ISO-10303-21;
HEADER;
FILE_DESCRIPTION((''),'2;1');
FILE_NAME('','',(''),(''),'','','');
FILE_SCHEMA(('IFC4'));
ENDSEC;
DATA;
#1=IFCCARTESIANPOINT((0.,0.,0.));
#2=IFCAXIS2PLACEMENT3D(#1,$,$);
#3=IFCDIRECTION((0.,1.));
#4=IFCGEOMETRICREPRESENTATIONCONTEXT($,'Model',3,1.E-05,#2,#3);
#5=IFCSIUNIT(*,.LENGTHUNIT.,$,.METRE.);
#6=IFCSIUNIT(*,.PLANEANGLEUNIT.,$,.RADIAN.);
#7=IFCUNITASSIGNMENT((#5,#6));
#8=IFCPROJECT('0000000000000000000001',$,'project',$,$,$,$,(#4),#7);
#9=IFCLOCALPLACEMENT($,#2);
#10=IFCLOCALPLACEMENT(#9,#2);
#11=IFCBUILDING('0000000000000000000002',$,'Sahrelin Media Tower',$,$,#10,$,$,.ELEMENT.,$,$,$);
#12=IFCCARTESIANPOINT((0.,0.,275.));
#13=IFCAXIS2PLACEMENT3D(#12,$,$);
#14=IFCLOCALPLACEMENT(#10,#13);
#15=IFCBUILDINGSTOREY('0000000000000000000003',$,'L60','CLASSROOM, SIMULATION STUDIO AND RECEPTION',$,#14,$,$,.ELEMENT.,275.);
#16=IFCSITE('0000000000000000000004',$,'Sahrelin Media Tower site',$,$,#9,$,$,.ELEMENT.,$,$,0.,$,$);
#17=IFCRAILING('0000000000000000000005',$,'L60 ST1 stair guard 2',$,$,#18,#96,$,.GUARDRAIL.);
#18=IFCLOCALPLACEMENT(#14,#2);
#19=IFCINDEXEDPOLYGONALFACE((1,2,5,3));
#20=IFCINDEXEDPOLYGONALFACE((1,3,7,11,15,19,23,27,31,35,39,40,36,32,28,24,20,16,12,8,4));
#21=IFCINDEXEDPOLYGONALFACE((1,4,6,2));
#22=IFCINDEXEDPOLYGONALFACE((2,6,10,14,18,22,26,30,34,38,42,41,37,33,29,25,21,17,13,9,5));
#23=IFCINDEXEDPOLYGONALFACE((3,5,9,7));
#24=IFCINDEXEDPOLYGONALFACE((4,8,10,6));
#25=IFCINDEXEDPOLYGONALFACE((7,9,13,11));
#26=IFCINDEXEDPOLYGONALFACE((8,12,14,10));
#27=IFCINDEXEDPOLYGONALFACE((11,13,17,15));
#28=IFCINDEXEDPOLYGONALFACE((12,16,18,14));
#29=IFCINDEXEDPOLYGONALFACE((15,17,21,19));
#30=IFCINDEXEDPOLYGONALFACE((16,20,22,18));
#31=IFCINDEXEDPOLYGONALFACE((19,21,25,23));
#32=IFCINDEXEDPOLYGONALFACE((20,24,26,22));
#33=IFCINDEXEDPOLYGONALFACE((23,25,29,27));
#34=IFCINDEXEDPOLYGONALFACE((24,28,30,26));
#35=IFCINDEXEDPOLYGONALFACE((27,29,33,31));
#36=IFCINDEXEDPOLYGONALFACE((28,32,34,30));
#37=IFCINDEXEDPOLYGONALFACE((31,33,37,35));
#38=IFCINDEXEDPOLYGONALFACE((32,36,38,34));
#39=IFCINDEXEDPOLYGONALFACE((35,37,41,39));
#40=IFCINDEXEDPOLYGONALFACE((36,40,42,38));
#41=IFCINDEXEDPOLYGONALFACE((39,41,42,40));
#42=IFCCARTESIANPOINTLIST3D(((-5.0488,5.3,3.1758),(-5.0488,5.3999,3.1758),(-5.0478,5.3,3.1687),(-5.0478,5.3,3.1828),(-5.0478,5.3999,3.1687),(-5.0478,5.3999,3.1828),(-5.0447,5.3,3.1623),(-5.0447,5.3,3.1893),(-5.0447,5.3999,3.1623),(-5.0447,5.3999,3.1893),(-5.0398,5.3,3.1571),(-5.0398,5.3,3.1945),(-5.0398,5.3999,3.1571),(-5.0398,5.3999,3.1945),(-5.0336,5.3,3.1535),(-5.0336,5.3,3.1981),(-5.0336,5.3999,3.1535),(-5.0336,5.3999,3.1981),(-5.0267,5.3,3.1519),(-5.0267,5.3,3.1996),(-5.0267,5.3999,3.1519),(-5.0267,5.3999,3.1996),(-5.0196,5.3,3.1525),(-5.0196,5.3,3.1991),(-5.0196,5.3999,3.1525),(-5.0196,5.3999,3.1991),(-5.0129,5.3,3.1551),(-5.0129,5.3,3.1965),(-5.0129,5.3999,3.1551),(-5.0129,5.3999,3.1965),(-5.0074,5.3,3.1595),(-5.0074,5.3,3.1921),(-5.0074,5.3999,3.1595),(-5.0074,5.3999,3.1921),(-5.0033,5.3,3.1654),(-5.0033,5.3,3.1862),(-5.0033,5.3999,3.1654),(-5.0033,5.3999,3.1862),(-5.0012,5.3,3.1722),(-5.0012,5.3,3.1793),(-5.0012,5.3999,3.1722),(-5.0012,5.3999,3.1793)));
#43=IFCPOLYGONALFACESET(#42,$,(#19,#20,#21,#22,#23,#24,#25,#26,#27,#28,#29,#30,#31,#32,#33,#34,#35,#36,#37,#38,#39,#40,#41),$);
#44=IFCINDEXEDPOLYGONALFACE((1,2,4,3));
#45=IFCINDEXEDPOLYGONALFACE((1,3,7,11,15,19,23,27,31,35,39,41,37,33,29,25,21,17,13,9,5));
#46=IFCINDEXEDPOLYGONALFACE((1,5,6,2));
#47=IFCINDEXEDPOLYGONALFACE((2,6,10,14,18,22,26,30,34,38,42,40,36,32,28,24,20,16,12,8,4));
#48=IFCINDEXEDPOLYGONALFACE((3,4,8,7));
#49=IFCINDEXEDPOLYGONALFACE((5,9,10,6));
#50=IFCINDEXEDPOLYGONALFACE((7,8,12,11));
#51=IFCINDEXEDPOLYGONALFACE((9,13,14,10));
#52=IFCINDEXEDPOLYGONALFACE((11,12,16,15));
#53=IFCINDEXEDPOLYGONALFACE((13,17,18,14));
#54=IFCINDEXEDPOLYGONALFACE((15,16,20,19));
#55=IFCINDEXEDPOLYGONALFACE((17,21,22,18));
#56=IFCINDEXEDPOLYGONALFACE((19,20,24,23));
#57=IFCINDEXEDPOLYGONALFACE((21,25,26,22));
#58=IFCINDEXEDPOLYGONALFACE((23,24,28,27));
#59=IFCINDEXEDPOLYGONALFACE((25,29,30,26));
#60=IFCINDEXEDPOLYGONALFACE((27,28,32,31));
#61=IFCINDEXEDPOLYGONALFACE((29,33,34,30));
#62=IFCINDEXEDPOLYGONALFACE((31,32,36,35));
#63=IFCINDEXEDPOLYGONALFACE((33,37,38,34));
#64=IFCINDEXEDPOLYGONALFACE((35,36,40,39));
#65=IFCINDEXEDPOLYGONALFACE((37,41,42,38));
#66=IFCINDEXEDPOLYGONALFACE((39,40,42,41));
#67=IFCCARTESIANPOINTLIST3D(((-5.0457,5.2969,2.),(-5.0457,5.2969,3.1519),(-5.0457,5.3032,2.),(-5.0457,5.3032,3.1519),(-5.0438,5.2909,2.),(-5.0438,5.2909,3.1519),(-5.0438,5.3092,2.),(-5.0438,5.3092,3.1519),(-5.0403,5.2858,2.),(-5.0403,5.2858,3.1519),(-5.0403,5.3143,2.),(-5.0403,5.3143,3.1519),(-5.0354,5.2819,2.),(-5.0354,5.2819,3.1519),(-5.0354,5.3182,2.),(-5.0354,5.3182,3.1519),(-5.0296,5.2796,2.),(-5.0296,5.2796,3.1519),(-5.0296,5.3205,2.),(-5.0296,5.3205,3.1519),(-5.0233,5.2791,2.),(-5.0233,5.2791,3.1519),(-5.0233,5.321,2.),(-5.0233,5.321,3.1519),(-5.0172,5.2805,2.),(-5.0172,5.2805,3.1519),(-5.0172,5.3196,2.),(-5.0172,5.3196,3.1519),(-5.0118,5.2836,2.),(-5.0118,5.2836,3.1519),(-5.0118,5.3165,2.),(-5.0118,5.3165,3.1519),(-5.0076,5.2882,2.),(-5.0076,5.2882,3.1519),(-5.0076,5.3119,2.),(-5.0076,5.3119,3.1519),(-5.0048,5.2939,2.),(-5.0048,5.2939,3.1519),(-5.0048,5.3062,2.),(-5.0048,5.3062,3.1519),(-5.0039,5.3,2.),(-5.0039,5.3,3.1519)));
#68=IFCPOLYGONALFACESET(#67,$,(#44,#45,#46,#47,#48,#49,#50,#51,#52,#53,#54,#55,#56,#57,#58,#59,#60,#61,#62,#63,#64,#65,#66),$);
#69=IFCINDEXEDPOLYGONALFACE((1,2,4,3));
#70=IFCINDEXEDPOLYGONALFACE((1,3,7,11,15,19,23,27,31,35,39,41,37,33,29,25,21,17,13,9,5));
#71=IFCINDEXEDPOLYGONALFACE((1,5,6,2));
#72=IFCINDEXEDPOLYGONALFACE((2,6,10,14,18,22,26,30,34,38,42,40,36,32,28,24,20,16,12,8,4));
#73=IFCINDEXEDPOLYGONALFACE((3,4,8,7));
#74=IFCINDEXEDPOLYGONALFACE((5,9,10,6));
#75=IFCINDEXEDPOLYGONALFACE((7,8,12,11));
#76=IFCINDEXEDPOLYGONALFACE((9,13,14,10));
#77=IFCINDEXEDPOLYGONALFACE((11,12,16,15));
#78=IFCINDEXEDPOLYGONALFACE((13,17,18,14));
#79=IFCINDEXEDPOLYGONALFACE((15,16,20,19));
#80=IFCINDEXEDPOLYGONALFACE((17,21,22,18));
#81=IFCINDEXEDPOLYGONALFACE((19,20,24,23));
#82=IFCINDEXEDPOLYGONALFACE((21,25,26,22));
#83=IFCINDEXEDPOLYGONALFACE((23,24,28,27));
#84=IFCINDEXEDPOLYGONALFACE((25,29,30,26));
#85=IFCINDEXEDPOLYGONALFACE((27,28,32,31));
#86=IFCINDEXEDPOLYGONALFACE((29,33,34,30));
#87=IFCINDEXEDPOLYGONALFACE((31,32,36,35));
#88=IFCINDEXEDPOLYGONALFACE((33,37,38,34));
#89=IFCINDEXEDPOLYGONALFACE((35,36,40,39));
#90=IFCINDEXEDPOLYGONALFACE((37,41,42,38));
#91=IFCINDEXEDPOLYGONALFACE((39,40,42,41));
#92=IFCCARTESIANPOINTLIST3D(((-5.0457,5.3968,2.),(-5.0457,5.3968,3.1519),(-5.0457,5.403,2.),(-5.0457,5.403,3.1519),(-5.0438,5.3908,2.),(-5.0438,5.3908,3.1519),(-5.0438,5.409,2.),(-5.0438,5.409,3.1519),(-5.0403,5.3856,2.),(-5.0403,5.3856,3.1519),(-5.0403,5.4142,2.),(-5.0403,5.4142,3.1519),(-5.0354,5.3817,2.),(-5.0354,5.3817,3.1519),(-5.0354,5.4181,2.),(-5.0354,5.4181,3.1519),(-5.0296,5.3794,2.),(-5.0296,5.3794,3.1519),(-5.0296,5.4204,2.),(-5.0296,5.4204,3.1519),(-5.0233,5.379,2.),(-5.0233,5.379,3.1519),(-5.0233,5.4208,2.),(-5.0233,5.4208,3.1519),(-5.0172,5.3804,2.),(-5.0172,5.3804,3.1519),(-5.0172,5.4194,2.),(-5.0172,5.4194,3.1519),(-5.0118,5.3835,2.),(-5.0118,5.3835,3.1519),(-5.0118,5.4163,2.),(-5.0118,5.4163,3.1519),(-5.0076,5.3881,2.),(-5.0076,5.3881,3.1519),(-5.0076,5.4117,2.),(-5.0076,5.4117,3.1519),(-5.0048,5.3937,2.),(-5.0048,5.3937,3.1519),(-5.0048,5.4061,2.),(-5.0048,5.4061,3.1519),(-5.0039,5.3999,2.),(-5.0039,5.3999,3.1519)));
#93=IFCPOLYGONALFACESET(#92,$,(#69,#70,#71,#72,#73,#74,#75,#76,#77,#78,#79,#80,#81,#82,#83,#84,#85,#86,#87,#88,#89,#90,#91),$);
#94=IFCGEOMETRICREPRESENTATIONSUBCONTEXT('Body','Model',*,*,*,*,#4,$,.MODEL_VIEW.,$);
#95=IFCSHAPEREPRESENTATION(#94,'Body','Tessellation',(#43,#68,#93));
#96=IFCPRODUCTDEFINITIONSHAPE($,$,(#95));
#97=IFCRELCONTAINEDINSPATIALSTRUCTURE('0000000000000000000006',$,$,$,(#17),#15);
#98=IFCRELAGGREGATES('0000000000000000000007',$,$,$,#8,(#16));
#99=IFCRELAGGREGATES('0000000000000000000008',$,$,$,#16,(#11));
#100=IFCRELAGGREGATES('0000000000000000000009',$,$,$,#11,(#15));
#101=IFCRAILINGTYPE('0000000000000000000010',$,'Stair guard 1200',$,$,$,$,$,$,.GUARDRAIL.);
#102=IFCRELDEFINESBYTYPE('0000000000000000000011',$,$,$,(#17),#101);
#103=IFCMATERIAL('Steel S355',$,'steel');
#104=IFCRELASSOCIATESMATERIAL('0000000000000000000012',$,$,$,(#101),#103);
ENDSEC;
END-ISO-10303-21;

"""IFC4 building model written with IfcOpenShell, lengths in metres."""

from ifc_helpers import new_model, si_unit, direction, frame, origin, origin_2d, place, context, subcontext, project, spatial, circle, extrude, material, type_object, element, save


model = new_model("IFC4")

# Units and contexts
model_context = context("Model", 3, precision=1e-05, world=origin(), true_north=direction((0.0, 1.0)))
body_context = subcontext(model_context, "Body", "Model", "MODEL_VIEW")
ifc_project = project(units=[si_unit("LENGTHUNIT", "METRE"), si_unit("PLANEANGLEUNIT", "RADIAN")], contexts=[model_context])

# Site, building, storey
site_placement = place(None, origin())
site = spatial("IfcSite", under=ifc_project, at=site_placement, Name="Sahrelin Media Tower site", CompositionType="ELEMENT", RefElevation=0.0)
building_placement = place(site_placement, origin())
building = spatial("IfcBuilding", under=site, at=building_placement, Name="Sahrelin Media Tower", CompositionType="ELEMENT")
storey_placement = place(building_placement, frame((0.0, 0.0, 275.0)))
storey = spatial("IfcBuildingStorey", under=building, at=storey_placement, Name="L60", Description="CLASSROOM, SIMULATION STUDIO AND RECEPTION", CompositionType="ELEMENT", Elevation=275.0)

# Shared definitions
ifc_material_1 = material(Name="Steel S355", Category="steel")

# Railing
railing_type_1 = type_object("IfcRailingType", Name="Stair guard 1200", PredefinedType="GUARDRAIL", material=ifc_material_1)
railing_1_placement = place(storey_placement, frame((-5.0249, 5.3, 2.0)))
element("IfcRailing", 1, at=railing_1_placement, inside=storey, type_object=railing_type_1, Name="L60 ST1 stair guard 2", PredefinedType="GUARDRAIL", context=body_context, shape_type="SweptSolid", body=[
    extrude(circle(Radius=0.0239, at=origin_2d()), frame((0.0, 0.0, 1.1758), z_axis=(0.0, 1.0, 0.0), x_axis=(-1.0, 0.0, 0.0)), (0.0, 0.0, 1.0), 0.0999),
    extrude(circle(Radius=0.021, at=origin_2d()), origin(), (0.0, 0.0, 1.0), 1.1519),
    extrude(circle(Radius=0.021, at=origin_2d()), frame((0.0, 0.0999, 0.0)), (0.0, 0.0, 1.0), 1.1519),
])

save(model, "model.ifc")
